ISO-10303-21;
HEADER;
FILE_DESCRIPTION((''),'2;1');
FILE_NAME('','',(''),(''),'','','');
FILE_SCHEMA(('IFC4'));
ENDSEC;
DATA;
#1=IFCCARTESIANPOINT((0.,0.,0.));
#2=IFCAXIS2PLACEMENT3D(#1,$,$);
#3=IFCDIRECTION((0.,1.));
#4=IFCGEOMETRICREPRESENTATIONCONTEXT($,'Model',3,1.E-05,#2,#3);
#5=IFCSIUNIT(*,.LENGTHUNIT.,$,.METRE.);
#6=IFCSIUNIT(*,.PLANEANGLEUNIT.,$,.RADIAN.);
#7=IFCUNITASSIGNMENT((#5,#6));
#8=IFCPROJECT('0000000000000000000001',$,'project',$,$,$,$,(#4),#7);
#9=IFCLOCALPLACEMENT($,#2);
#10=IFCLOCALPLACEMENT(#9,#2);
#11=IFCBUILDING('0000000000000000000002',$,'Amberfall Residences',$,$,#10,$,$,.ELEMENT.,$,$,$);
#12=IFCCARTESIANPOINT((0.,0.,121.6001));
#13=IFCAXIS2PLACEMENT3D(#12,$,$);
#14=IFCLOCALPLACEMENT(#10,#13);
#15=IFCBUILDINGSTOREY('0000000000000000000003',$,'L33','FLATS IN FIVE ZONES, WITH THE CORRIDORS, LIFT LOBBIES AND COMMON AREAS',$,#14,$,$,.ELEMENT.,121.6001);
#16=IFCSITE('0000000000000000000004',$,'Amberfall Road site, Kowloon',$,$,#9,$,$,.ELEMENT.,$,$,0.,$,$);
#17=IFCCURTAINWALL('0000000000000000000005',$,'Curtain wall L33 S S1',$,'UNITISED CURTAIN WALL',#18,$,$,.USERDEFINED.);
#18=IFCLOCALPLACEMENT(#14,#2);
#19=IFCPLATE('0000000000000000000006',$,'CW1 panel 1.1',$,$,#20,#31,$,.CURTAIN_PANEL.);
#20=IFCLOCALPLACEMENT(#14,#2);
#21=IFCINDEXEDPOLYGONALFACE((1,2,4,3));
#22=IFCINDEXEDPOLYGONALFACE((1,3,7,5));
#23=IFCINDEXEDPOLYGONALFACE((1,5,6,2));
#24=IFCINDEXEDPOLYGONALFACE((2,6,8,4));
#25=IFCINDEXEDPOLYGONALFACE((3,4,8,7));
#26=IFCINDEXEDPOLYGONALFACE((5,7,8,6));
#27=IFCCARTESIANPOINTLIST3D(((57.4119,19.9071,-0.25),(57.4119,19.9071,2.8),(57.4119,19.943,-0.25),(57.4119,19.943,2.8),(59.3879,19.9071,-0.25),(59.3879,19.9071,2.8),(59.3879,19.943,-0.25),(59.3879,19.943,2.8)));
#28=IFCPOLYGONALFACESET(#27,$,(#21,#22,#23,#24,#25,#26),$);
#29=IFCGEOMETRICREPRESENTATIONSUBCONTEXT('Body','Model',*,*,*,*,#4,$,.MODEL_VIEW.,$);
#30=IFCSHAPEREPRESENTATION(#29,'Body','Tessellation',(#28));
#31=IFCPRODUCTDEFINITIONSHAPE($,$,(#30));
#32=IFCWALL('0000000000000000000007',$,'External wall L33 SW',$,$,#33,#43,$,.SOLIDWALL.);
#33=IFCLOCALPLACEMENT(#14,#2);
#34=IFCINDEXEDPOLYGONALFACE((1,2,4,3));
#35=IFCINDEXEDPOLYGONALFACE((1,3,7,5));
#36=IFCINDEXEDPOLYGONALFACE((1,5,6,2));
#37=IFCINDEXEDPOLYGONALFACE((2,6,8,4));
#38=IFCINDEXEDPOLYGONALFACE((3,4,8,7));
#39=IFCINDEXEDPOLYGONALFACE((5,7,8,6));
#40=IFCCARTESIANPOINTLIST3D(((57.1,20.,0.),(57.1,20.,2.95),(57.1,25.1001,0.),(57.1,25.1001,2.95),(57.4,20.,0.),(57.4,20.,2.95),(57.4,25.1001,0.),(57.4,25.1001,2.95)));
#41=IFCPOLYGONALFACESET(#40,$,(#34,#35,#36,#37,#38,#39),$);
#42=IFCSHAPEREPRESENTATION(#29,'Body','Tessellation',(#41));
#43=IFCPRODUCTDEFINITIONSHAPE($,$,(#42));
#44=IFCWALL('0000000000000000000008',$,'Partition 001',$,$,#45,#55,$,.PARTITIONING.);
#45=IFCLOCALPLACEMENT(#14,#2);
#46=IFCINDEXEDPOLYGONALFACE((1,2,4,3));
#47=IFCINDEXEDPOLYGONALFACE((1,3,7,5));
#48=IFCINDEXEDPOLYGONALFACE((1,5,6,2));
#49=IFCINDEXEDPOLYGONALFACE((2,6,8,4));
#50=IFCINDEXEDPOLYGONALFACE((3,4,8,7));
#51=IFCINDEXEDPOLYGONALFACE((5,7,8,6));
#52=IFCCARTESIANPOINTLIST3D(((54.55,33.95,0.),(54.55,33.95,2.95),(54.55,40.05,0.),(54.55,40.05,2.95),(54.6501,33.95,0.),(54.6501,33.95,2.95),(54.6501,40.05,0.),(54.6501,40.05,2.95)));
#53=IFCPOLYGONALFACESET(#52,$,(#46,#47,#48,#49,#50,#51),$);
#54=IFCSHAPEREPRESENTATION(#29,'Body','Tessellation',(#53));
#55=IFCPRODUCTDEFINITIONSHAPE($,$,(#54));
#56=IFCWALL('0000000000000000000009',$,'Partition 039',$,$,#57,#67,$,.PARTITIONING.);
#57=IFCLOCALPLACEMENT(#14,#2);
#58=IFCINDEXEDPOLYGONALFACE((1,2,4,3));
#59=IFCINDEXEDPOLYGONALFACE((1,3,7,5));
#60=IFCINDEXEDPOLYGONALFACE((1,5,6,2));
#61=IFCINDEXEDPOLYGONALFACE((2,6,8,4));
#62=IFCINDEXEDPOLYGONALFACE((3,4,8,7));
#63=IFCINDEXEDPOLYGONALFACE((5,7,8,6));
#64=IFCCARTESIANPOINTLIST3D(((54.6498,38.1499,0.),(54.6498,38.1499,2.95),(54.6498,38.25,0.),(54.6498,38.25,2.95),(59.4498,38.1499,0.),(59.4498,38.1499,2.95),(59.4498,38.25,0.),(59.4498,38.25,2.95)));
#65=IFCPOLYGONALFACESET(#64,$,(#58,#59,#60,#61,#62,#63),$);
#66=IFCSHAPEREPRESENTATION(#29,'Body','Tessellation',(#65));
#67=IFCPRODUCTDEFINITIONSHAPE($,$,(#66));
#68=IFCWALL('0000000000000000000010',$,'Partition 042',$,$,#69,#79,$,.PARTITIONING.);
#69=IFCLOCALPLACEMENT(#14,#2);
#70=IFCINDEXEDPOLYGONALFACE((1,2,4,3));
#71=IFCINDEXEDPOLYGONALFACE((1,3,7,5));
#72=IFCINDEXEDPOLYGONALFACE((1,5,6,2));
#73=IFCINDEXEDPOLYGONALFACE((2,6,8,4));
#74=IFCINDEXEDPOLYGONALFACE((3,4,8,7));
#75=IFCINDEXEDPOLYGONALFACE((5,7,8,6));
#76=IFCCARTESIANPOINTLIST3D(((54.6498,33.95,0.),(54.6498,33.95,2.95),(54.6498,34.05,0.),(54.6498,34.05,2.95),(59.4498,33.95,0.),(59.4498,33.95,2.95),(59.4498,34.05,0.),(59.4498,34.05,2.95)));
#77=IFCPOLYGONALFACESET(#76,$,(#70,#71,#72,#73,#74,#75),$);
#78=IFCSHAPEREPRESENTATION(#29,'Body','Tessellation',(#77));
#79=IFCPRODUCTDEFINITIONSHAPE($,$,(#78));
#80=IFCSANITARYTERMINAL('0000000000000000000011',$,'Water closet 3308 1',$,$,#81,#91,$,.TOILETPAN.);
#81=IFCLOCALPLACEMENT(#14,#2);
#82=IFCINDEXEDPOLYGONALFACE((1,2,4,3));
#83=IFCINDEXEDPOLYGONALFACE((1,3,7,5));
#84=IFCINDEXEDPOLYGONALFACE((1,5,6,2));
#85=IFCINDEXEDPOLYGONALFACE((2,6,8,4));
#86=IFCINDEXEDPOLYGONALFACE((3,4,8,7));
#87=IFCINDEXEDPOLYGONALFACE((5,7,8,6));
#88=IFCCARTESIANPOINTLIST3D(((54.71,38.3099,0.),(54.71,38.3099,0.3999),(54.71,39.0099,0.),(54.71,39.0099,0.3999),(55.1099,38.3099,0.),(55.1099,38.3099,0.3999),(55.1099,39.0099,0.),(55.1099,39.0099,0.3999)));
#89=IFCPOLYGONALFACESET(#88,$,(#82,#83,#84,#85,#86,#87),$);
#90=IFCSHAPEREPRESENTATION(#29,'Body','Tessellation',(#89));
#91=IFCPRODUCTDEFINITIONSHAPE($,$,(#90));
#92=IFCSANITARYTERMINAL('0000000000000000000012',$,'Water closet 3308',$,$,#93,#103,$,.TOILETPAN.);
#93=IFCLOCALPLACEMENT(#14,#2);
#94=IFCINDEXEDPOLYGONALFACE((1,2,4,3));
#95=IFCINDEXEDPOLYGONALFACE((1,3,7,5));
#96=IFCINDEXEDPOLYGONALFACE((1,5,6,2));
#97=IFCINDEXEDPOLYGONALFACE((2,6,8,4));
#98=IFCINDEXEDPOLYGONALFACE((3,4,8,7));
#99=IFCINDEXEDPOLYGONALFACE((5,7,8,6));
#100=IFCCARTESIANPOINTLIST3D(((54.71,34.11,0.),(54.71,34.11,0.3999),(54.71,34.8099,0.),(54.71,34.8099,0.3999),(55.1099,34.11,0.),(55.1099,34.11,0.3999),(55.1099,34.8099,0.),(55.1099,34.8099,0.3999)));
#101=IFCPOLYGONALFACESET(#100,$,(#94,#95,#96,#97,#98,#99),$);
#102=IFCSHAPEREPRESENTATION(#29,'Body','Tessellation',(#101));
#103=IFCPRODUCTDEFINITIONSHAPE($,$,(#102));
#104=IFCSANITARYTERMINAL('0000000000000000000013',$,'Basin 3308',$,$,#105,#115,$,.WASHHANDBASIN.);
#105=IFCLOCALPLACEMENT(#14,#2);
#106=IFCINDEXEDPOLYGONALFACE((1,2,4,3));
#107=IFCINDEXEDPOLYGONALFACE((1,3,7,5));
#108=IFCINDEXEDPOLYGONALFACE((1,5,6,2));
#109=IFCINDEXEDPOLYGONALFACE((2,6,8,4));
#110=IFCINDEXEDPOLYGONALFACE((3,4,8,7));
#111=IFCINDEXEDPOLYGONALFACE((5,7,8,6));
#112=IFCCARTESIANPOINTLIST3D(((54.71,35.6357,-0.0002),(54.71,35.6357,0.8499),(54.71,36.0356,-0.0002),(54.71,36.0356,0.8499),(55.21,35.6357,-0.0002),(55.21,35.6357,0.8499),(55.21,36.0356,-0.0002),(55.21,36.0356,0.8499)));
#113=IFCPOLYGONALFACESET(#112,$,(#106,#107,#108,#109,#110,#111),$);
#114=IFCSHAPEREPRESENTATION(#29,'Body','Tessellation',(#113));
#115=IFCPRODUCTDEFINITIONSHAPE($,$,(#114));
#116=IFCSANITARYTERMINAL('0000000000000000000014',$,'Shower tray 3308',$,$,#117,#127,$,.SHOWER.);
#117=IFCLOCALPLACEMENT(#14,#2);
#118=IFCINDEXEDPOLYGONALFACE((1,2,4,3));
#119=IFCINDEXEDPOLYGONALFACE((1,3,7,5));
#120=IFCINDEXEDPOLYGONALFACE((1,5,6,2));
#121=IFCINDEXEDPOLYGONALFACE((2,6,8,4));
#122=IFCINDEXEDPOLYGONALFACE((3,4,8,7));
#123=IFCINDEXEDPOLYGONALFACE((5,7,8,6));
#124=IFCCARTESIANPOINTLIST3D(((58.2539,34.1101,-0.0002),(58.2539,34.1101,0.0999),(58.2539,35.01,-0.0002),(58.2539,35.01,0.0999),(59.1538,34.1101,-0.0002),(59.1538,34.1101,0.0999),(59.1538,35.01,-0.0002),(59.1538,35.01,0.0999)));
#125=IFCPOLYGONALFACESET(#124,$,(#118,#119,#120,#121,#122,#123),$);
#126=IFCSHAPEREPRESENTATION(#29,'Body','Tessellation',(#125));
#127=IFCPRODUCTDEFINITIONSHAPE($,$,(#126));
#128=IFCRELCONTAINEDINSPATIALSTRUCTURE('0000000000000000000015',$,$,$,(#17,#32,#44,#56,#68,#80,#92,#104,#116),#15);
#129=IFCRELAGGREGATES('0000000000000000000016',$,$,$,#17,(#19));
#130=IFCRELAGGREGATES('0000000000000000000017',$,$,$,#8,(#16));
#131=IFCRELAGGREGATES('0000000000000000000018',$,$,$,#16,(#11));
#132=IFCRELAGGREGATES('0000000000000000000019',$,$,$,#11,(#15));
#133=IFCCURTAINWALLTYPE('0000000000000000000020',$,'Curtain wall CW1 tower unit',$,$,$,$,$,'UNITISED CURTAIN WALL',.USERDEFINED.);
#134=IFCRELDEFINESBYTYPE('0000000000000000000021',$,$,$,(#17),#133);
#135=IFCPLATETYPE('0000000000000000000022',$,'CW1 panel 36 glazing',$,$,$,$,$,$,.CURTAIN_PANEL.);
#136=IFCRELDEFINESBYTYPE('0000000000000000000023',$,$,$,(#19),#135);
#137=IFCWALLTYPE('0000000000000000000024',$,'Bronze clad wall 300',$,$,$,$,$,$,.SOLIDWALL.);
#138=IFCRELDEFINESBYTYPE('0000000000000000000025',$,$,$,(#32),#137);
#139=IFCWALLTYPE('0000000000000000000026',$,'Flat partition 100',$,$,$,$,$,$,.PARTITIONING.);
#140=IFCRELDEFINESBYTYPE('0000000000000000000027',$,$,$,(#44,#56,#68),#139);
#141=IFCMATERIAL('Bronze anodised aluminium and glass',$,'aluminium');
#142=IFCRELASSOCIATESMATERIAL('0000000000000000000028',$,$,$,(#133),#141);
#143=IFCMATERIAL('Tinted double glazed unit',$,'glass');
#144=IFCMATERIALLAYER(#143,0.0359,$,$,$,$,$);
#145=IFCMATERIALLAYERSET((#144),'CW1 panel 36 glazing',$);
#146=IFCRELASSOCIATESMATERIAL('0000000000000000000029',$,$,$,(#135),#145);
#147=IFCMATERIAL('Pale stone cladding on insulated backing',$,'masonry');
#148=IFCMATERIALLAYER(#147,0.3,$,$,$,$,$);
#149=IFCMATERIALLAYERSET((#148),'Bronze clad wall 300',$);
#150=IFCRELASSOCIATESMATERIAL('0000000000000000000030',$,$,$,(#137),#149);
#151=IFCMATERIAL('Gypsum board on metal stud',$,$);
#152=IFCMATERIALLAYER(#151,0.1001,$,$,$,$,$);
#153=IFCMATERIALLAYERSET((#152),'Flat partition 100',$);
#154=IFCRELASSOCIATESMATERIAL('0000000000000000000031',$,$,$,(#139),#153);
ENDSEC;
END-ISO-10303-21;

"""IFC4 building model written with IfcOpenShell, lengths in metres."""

from ifc_helpers import new_model, si_unit, direction, frame, frame_2d, origin, origin_2d, place, context, subcontext, project, spatial, rectangle, extrude, material, layer, layer_set, type_object, element, aggregate, save


model = new_model("IFC4")

# Units and contexts
model_context = context("Model", 3, precision=1e-05, world=origin(), true_north=direction((0.0, 1.0)))
body_context = subcontext(model_context, "Body", "Model", "MODEL_VIEW")
ifc_project = project(units=[si_unit("LENGTHUNIT", "METRE"), si_unit("PLANEANGLEUNIT", "RADIAN")], contexts=[model_context])

# Site, building, storey
site_placement = place(None, origin())
site = spatial("IfcSite", under=ifc_project, at=site_placement, Name="Amberfall Road site, Kowloon", CompositionType="ELEMENT", RefElevation=0.0)
building_placement = place(site_placement, origin())
building = spatial("IfcBuilding", under=site, at=building_placement, Name="Amberfall Residences", CompositionType="ELEMENT")
storey_placement = place(building_placement, frame((0.0, 0.0, 121.6001)))
storey = spatial("IfcBuildingStorey", under=building, at=storey_placement, Name="L33", Description="FLATS IN FIVE ZONES, WITH THE CORRIDORS, LIFT LOBBIES AND COMMON AREAS", CompositionType="ELEMENT", Elevation=121.6001)

# Curtain wall
ifc_material_1 = material(Name="Bronze anodised aluminium and glass", Category="aluminium")
curtain_wall_type = type_object("IfcCurtainWallType", Name="Curtain wall CW1 tower unit", ElementType="UNITISED CURTAIN WALL", PredefinedType="USERDEFINED", material=ifc_material_1)
curtain_wall_placement = place(storey_placement, origin())
curtain_wall = element("IfcCurtainWall", 1, at=curtain_wall_placement, inside=storey, type_object=curtain_wall_type, Name="Curtain wall L33 S S1", ObjectType="UNITISED CURTAIN WALL", PredefinedType="USERDEFINED")

# Plate
ifc_material_2 = material(Name="Tinted double glazed unit", Category="glass")
ifc_layer_1 = layer(ifc_material_2, 0.0359)
ifc_layer_set_1 = layer_set([ifc_layer_1], Name="CW1 panel 36 glazing")
plate_type = type_object("IfcPlateType", Name="CW1 panel 36 glazing", PredefinedType="CURTAIN_PANEL", material=ifc_layer_set_1)
plate_placement = place(storey_placement, frame((58.3999, 19.925, -0.25), z_axis=(0.0, 0.0, 1.0), x_axis=(1.0, 0.0, 0.0)))
plate = element("IfcPlate", 2, at=plate_placement, type_object=plate_type, Name="CW1 panel 1.1", PredefinedType="CURTAIN_PANEL", context=body_context, shape_type="SweptSolid", body=[
    extrude(rectangle(XDim=1.9761, YDim=0.0359, at=origin_2d()), origin(), (0.0, 0.0, 1.0), 3.05),
])
aggregate(curtain_wall, [plate])

# Walls
ifc_material_3 = material(Name="Pale stone cladding on insulated backing", Category="masonry")
ifc_layer_2 = layer(ifc_material_3, 0.3)
ifc_layer_set_2 = layer_set([ifc_layer_2], Name="Bronze clad wall 300")
wall_type_1 = type_object("IfcWallType", Name="Bronze clad wall 300", PredefinedType="SOLIDWALL", material=ifc_layer_set_2)
wall_1_placement = place(storey_placement, frame((57.25, 25.1001, 0.0), z_axis=(0.0, 0.0, 1.0), x_axis=(0.0, -1.0, 0.0)))
element("IfcWall", 3, at=wall_1_placement, inside=storey, type_object=wall_type_1, Name="External wall L33 SW", PredefinedType="SOLIDWALL", context=body_context, shape_type="SweptSolid", body=[
    extrude(rectangle(XDim=5.1001, YDim=0.3, at=frame_2d((2.55, 0.0))), origin(), (0.0, 0.0, 1.0), 2.95),
])
ifc_material_4 = material(Name="Gypsum board on metal stud")
ifc_layer_3 = layer(ifc_material_4, 0.1001)
ifc_layer_set_3 = layer_set([ifc_layer_3], Name="Flat partition 100")
wall_type_2 = type_object("IfcWallType", Name="Flat partition 100", PredefinedType="PARTITIONING", material=ifc_layer_set_3)
wall_2_placement = place(storey_placement, frame((54.6001, 33.95, 0.0), z_axis=(0.0, 0.0, 1.0), x_axis=(0.0, 1.0, 0.0)))
element("IfcWall", 4, at=wall_2_placement, inside=storey, type_object=wall_type_2, Name="Partition 001", PredefinedType="PARTITIONING", context=body_context, shape_type="SweptSolid", body=[
    extrude(rectangle(XDim=6.1001, YDim=0.1001, at=frame_2d((3.05, 0.0))), origin(), (0.0, 0.0, 1.0), 2.95),
])
for number, where, z_axis, x_axis, name in (
    (5, (54.6499, 38.2, 0.0), (0.0, 0.0, 1.0), (1.0, 0.0, 0.0), "Partition 039"),
    (6, (54.6499, 34.0, 0.0), (0.0, 0.0, 1.0), (1.0, 0.0, 0.0), "Partition 042"),
):
    element("IfcWall", number, at=place(storey_placement, frame(where, z_axis=z_axis, x_axis=x_axis)), inside=storey, type_object=wall_type_2, Name=name, PredefinedType="PARTITIONING", context=body_context, shape_type="SweptSolid", body=[
        extrude(rectangle(XDim=4.8, YDim=0.1001, at=frame_2d((2.3999, 0.0))), origin(), (0.0, 0.0, 1.0), 2.95),
    ])

# Sanitary terminals
for number, where, z_axis, x_axis, name in (
    (7, (54.9099, 38.6599, 0.0), (0.0, 0.0, 1.0), (1.0, 0.0, 0.0), "Water closet 3308 1"),
    (8, (54.9099, 34.46, 0.0), (0.0, 0.0, 1.0), (1.0, 0.0, 0.0), "Water closet 3308"),
):
    element("IfcSanitaryTerminal", number, at=place(storey_placement, frame(where, z_axis=z_axis, x_axis=x_axis)), inside=storey, Name=name, PredefinedType="TOILETPAN", context=body_context, shape_type="SweptSolid", body=[
        extrude(rectangle(XDim=0.3999, YDim=0.7, at=origin_2d()), origin(), (0.0, 0.0, 1.0), 0.3999),
    ])
sanitary_terminal_1_placement = place(storey_placement, frame((54.96, 35.8357, -0.0002), z_axis=(0.0, 0.0, 1.0), x_axis=(1.0, 0.0, 0.0)))
element("IfcSanitaryTerminal", 9, at=sanitary_terminal_1_placement, inside=storey, Name="Basin 3308", PredefinedType="WASHHANDBASIN", context=body_context, shape_type="SweptSolid", body=[
    extrude(rectangle(XDim=0.5, YDim=0.3999, at=origin_2d()), origin(), (0.0, 0.0, 1.0), 0.8501),
])
sanitary_terminal_2_placement = place(storey_placement, frame((58.7039, 34.5601, -0.0002), z_axis=(0.0, 0.0, 1.0), x_axis=(1.0, 0.0, 0.0)))
element("IfcSanitaryTerminal", 10, at=sanitary_terminal_2_placement, inside=storey, Name="Shower tray 3308", PredefinedType="SHOWER", context=body_context, shape_type="SweptSolid", body=[
    extrude(rectangle(XDim=0.8999, YDim=0.8999, at=origin_2d()), origin(), (0.0, 0.0, 1.0), 0.1001),
])

save(model, "model.ifc")
